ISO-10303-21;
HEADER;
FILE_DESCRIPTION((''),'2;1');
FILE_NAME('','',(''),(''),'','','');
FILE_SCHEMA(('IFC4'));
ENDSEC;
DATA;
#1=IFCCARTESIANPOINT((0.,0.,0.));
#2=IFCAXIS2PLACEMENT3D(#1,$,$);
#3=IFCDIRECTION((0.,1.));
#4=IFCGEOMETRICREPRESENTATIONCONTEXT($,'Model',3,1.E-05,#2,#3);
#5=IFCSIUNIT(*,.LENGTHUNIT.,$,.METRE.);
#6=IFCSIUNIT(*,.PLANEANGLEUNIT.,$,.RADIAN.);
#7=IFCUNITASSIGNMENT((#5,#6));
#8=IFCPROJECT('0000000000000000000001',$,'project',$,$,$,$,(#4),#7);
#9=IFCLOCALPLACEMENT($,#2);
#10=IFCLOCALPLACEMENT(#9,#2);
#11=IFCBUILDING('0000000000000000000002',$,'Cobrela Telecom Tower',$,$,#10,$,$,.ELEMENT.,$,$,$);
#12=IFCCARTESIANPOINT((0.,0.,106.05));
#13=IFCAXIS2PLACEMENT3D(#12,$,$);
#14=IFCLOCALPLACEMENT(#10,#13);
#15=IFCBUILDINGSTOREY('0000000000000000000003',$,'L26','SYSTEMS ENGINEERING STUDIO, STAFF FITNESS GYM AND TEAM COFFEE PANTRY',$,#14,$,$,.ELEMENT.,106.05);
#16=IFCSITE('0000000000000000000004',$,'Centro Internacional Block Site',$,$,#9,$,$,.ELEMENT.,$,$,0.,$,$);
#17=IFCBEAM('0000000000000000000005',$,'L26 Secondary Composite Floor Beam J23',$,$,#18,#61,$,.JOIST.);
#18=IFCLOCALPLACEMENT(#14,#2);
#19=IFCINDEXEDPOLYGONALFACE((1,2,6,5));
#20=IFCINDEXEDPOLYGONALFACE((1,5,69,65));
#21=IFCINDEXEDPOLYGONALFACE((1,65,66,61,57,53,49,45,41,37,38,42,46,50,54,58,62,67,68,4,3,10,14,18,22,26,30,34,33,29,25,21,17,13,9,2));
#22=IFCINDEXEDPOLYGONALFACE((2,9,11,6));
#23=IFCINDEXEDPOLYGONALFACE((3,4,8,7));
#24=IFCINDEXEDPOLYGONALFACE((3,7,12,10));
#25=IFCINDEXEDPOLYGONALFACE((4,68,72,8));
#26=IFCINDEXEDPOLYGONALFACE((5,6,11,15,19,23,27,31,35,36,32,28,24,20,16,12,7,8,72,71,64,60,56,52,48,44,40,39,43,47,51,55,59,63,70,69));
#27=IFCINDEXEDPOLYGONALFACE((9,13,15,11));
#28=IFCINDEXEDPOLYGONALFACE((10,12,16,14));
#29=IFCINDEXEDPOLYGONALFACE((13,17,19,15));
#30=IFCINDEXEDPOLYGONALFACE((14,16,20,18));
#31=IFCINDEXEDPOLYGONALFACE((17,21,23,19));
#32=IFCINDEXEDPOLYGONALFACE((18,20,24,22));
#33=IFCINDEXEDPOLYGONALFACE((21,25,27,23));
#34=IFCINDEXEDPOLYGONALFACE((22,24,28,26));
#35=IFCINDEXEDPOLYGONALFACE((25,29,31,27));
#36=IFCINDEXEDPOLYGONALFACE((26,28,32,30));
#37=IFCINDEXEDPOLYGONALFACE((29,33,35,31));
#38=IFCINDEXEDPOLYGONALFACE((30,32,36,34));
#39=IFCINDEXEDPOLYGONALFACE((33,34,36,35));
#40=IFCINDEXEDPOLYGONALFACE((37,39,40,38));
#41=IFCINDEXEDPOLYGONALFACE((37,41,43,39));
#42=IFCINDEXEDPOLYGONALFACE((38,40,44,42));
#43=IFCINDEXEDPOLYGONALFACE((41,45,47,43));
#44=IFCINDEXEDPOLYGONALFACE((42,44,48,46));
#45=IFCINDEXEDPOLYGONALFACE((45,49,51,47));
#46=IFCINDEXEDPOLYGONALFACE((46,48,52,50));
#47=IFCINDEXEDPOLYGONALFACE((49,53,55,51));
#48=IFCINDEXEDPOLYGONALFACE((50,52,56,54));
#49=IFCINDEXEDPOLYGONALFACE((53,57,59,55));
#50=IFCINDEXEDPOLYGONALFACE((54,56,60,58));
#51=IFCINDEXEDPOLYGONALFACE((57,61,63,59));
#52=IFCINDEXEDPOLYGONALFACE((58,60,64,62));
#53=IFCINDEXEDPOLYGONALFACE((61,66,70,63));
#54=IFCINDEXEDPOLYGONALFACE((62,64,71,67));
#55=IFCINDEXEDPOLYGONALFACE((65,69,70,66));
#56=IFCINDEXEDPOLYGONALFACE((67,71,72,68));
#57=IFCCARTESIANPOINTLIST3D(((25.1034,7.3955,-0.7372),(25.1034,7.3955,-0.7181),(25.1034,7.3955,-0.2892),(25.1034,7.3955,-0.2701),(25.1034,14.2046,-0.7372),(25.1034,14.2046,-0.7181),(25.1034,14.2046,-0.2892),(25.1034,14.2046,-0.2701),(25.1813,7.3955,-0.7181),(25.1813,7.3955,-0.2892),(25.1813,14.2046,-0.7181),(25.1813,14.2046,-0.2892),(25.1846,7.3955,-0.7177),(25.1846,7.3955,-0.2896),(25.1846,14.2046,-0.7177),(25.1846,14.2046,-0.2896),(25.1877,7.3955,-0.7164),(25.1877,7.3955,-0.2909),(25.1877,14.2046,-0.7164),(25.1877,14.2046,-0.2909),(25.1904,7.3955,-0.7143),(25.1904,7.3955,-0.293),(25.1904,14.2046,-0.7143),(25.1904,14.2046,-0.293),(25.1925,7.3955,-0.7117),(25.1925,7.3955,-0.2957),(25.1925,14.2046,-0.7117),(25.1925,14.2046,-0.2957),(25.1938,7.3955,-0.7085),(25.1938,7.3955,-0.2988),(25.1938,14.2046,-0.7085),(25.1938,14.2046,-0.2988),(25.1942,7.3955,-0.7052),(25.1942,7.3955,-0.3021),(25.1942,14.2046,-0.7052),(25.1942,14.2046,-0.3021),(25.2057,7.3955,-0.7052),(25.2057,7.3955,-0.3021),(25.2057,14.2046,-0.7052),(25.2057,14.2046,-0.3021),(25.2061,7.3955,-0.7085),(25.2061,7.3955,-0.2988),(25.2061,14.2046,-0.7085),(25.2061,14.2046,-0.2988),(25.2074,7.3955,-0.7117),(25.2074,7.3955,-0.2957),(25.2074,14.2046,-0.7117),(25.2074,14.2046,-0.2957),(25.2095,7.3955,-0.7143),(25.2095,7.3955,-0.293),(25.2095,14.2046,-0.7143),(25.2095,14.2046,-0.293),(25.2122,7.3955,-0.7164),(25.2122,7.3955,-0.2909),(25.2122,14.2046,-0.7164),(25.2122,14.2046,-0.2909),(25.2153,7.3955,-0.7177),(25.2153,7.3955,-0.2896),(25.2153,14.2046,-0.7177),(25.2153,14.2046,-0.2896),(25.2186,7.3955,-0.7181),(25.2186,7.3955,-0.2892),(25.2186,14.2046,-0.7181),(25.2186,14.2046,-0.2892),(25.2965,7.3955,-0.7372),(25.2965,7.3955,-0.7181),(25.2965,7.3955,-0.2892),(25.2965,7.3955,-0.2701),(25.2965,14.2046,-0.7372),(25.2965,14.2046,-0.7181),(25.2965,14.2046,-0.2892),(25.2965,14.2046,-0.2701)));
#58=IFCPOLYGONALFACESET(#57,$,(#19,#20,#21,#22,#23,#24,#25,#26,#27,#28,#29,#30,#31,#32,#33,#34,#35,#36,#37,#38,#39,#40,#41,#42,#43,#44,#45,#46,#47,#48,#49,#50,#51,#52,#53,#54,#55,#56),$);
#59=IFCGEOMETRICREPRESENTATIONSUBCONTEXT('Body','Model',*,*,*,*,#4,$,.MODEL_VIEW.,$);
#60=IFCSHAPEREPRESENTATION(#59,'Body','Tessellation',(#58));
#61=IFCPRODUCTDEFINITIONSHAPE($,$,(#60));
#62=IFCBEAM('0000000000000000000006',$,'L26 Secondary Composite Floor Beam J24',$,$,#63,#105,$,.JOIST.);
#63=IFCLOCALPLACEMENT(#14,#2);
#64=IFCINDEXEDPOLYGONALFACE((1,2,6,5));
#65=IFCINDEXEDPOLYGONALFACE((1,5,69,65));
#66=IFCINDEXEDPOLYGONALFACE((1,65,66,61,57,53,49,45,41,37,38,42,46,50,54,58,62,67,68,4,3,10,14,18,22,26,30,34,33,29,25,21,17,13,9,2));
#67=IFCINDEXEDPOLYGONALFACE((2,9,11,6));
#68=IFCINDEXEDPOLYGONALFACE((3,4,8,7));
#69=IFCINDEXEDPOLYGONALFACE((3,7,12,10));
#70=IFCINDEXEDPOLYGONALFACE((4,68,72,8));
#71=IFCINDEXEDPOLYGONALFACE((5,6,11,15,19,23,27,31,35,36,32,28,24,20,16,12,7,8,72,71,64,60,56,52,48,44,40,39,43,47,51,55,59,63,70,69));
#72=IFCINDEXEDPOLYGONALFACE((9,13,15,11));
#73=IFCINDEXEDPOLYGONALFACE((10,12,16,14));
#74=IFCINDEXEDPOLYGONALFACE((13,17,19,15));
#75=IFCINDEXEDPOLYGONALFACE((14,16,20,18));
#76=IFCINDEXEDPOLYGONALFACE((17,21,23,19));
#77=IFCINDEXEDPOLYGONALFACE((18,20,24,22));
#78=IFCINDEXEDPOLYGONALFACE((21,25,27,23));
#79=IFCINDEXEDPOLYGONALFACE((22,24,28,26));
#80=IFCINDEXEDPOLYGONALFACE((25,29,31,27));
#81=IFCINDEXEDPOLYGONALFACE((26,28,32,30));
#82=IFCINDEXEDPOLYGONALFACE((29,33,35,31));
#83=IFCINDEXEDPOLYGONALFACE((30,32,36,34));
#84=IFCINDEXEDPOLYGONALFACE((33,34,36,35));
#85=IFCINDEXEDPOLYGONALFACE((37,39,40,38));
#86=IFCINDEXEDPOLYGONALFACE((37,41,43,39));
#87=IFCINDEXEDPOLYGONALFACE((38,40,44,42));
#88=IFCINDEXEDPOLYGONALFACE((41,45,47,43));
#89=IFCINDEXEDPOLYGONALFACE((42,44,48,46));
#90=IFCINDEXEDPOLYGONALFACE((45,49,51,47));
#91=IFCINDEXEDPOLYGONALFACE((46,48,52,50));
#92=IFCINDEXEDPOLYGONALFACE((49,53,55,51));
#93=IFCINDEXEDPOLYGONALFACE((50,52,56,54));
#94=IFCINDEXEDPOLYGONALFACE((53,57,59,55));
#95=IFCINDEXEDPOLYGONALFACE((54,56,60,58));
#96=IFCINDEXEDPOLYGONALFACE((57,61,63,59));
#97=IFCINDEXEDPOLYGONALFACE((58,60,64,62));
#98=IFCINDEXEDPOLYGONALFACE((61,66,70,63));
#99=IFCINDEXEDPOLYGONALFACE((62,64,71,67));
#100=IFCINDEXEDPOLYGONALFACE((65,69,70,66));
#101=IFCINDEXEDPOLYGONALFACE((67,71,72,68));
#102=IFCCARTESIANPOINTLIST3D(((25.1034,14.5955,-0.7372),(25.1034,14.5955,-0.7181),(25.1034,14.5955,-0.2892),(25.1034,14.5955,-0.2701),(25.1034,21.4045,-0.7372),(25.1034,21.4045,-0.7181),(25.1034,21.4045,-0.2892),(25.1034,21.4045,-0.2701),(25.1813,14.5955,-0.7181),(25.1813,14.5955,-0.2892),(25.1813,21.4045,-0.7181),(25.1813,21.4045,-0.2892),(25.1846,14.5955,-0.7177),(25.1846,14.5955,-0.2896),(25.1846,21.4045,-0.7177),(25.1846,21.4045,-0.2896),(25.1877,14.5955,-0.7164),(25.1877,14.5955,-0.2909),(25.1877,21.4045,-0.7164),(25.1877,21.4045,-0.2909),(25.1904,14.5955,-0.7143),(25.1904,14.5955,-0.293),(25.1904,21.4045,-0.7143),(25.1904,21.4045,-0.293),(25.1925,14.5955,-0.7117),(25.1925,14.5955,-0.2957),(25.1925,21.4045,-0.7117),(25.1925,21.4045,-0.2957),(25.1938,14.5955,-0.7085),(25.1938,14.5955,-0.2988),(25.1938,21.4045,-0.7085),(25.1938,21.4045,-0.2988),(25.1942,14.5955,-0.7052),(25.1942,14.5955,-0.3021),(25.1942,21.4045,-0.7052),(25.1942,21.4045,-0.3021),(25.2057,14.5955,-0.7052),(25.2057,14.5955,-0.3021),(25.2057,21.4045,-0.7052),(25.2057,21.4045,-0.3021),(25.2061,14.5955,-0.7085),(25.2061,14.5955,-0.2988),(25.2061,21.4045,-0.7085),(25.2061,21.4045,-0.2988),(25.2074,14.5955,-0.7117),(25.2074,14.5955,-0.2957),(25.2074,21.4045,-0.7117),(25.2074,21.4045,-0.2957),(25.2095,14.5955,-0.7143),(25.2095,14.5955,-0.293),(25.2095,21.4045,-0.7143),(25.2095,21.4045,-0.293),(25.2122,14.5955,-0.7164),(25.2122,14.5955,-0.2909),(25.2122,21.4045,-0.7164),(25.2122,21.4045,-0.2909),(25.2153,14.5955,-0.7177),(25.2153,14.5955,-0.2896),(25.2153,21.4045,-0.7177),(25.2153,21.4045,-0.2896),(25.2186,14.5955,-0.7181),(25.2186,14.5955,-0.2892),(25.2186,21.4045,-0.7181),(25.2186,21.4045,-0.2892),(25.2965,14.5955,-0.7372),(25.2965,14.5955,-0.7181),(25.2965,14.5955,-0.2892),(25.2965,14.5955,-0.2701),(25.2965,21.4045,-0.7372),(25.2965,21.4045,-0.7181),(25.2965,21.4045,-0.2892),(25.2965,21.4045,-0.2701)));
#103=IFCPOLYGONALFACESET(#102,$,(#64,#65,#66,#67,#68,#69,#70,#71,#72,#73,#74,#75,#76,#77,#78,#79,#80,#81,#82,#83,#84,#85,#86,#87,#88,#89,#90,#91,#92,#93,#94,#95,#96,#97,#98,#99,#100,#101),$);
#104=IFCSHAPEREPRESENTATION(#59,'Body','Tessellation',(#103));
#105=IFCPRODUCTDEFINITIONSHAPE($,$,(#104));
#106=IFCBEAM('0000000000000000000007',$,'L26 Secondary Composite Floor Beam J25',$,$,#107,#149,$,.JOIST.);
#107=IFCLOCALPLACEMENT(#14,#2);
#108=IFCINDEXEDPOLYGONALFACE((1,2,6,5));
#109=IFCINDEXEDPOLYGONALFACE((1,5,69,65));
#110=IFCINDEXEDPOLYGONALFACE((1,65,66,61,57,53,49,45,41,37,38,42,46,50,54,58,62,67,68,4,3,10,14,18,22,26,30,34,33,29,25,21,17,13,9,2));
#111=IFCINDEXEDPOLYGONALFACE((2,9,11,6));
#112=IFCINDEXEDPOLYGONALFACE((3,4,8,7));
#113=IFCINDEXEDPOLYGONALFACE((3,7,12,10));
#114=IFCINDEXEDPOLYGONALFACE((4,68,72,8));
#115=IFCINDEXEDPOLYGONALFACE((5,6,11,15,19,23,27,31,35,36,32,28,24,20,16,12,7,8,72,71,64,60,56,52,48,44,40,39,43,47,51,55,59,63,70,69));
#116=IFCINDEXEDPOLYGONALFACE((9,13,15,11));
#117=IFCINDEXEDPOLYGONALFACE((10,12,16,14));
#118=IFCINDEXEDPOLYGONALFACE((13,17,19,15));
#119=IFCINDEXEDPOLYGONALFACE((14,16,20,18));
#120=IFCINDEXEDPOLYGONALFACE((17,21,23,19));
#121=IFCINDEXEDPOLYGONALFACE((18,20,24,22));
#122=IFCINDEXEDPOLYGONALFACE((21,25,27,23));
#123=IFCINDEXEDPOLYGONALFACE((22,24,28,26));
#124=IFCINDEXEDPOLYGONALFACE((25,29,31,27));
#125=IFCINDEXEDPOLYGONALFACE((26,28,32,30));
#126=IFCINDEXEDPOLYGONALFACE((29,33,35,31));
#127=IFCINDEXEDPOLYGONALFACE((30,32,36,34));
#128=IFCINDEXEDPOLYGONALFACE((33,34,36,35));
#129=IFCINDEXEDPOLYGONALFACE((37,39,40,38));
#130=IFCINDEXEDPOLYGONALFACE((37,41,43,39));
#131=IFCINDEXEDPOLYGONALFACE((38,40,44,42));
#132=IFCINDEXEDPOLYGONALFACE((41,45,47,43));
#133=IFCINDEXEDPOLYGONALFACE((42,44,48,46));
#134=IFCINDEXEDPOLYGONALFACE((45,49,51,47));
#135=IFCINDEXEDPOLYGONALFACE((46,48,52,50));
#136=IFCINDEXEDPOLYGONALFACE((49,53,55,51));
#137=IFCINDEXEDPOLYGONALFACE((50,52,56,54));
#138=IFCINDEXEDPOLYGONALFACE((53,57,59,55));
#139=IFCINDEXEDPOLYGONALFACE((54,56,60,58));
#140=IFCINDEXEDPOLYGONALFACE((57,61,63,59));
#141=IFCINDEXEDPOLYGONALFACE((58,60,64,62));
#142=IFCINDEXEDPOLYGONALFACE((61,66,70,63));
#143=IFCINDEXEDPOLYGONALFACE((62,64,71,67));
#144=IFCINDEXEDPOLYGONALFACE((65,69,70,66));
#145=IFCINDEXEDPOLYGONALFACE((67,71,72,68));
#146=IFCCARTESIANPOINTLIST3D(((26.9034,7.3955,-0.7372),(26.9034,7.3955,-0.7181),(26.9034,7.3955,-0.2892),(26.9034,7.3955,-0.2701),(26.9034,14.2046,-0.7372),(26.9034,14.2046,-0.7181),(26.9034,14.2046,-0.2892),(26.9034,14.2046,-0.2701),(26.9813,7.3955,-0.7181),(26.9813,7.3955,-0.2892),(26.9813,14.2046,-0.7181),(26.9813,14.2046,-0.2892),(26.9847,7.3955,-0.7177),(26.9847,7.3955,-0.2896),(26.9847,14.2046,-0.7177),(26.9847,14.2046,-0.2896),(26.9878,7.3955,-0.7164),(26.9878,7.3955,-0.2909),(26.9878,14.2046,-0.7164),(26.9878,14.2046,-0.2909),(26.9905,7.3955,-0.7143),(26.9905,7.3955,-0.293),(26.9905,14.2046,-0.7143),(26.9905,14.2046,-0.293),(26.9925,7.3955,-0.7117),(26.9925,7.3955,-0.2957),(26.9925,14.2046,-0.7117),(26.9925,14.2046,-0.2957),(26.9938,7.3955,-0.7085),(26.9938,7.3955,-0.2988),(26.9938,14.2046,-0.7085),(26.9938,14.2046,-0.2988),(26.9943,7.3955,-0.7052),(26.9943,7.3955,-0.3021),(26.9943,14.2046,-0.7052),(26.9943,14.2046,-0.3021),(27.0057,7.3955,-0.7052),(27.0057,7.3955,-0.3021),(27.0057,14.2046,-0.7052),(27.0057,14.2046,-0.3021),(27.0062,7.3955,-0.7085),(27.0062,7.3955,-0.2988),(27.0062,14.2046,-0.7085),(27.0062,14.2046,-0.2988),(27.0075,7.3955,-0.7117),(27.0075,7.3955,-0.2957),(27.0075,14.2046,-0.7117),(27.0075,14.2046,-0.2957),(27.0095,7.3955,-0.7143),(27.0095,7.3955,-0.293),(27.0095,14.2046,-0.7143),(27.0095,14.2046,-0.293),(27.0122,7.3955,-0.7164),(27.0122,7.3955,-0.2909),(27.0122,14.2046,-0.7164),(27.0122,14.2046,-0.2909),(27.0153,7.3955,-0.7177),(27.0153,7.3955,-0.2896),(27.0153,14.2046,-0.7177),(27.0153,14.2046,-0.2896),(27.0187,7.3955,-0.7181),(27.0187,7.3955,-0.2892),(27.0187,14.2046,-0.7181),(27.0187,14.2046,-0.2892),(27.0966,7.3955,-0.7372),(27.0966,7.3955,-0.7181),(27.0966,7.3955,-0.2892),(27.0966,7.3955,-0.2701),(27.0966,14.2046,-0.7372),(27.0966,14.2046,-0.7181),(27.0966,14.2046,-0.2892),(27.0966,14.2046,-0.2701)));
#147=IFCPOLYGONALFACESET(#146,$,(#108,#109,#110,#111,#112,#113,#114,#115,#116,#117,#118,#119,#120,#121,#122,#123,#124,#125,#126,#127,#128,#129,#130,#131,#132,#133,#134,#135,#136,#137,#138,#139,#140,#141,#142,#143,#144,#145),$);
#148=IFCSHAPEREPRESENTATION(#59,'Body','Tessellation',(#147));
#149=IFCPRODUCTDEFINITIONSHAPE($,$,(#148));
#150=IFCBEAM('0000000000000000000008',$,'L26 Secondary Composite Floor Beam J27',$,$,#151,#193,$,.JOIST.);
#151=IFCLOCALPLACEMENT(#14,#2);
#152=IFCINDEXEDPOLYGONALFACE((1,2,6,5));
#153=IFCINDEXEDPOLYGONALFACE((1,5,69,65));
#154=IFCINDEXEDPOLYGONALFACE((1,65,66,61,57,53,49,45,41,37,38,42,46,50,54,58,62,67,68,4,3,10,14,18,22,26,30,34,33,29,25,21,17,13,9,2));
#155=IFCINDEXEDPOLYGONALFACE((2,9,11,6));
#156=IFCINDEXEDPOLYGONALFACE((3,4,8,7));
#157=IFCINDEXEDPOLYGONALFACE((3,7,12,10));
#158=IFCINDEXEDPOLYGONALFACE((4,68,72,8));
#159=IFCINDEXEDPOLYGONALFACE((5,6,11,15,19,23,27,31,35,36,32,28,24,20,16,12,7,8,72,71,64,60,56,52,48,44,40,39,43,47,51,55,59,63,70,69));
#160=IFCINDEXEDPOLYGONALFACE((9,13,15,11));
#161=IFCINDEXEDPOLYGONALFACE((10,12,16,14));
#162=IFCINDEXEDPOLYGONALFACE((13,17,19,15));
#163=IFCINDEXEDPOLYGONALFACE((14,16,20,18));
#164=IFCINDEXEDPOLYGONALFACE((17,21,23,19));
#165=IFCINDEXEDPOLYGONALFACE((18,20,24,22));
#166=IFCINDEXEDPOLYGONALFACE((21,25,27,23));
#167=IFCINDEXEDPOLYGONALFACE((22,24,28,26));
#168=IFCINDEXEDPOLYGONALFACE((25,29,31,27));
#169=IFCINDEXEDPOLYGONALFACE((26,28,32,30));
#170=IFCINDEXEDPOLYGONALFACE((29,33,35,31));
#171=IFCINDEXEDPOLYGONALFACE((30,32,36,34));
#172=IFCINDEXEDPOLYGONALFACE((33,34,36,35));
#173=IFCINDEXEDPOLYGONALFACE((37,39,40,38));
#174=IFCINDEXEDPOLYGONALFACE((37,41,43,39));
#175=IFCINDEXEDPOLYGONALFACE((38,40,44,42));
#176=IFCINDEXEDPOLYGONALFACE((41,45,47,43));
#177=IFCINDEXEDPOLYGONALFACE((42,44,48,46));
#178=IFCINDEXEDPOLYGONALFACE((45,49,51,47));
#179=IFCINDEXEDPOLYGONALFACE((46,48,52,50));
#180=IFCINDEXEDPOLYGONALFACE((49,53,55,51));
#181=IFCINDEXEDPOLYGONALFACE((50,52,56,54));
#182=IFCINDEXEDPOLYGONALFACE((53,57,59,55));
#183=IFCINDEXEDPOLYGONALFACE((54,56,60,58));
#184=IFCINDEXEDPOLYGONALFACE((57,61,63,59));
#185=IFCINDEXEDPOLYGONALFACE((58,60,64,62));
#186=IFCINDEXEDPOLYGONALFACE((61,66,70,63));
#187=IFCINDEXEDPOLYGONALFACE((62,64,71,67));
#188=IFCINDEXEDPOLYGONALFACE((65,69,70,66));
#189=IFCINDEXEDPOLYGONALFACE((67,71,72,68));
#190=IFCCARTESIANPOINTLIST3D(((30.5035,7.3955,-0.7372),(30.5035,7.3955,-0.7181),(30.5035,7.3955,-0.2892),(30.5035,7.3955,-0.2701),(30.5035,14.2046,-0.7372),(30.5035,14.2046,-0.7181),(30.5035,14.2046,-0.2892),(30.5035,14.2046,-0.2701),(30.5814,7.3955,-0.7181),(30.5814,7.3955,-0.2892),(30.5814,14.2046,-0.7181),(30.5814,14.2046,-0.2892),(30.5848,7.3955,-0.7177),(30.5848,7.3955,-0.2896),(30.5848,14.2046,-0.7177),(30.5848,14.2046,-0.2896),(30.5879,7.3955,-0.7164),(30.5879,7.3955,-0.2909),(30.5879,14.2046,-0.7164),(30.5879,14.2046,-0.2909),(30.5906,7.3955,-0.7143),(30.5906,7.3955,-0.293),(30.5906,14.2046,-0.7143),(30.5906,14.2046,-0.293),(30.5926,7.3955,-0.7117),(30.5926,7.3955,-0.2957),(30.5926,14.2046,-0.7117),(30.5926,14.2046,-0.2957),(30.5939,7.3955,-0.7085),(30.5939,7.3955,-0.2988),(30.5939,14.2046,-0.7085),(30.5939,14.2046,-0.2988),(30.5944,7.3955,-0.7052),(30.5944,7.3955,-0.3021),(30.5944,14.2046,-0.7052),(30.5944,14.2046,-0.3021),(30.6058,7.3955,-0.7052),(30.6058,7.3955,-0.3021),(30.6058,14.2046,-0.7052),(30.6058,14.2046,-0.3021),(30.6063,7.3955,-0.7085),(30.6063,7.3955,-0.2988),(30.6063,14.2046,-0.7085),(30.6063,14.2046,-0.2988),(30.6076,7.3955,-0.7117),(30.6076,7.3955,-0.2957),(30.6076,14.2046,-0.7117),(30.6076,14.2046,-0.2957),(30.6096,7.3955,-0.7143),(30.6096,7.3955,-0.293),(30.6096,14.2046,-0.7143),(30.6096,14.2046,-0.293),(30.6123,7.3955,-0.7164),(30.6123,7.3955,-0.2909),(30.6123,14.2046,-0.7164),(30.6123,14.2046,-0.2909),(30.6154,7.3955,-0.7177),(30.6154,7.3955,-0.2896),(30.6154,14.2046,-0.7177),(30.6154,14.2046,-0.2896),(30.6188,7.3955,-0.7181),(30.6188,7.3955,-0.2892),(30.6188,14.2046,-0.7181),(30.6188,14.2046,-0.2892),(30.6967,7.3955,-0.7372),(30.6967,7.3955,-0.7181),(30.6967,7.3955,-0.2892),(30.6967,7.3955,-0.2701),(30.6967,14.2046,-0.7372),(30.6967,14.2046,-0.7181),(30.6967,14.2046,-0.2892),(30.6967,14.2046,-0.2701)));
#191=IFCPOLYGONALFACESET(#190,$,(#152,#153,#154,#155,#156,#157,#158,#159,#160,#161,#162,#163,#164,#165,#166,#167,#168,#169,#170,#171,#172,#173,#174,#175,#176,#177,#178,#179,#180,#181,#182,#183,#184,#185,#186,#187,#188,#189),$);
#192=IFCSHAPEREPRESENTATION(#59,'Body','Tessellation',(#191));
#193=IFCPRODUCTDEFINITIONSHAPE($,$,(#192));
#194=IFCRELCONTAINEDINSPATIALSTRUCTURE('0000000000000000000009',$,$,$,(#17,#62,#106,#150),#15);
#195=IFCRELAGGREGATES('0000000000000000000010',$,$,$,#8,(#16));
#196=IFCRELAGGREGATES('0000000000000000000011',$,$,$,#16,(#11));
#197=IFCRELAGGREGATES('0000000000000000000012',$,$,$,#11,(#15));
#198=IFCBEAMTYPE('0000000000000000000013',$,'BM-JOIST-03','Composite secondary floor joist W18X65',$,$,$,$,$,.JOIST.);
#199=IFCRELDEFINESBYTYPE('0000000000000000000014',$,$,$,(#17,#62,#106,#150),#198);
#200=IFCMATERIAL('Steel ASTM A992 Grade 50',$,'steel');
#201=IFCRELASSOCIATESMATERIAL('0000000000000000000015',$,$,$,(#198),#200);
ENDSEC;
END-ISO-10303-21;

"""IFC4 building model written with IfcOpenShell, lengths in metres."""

from ifc_helpers import new_model, si_unit, direction, frame, origin, origin_2d, place, context, subcontext, project, spatial, i_section, extrude, material, material_profile, profile_set, type_object, element, save


model = new_model("IFC4")

# Units and contexts
model_context = context("Model", 3, precision=1e-05, world=origin(), true_north=direction((0.0, 1.0)))
body_context = subcontext(model_context, "Body", "Model", "MODEL_VIEW")
ifc_project = project(units=[si_unit("LENGTHUNIT", "METRE"), si_unit("PLANEANGLEUNIT", "RADIAN")], contexts=[model_context])

# Site, building, storey
site_placement = place(None, origin())
site = spatial("IfcSite", under=ifc_project, at=site_placement, Name="Centro Internacional Block Site", CompositionType="ELEMENT", RefElevation=0.0)
building_placement = place(site_placement, origin())
building = spatial("IfcBuilding", under=site, at=building_placement, Name="Cobrela Telecom Tower", CompositionType="ELEMENT")
storey_placement = place(building_placement, frame((0.0, 0.0, 106.05)))
storey = spatial("IfcBuildingStorey", under=building, at=storey_placement, Name="L26", Description="SYSTEMS ENGINEERING STUDIO, STAFF FITNESS GYM AND TEAM COFFEE PANTRY", CompositionType="ELEMENT", Elevation=106.05)

# Shared definitions
ifc_material_1 = material(Name="Steel ASTM A992 Grade 50", Category="steel")

# Beams
ifc_material_profile_1 = material_profile(ifc_material_1, i_section(OverallWidth=0.1931, OverallDepth=0.467, WebThickness=0.0115, FlangeThickness=0.019, FilletRadius=0.0129, at=origin_2d()), Name="W18X65")
ifc_profile_set_1 = profile_set([ifc_material_profile_1], Name="Steel ASTM A992 Grade 50")
beam_type_1 = type_object("IfcBeamType", Name="BM-JOIST-03", Description="Composite secondary floor joist W18X65", PredefinedType="JOIST", material=ifc_profile_set_1)
for number, where, z_axis, x_axis, name in (
    (1, (25.2, 7.3955, -0.5037), (0.0, 1.0, 0.0), (-1.0, 0.0, 0.0), "L26 Secondary Composite Floor Beam J23"),
    (2, (25.2, 14.5955, -0.5037), (0.0, 1.0, 0.0), (-1.0, 0.0, 0.0), "L26 Secondary Composite Floor Beam J24"),
    (3, (27.0, 7.3955, -0.5037), (0.0, 1.0, 0.0), (-1.0, 0.0, 0.0), "L26 Secondary Composite Floor Beam J25"),
    (4, (30.6001, 7.3955, -0.5037), (0.0, 1.0, 0.0), (-1.0, 0.0, 0.0), "L26 Secondary Composite Floor Beam J27"),
):
    element("IfcBeam", number, at=place(storey_placement, frame(where, z_axis=z_axis, x_axis=x_axis)), inside=storey, type_object=beam_type_1, Name=name, PredefinedType="JOIST", context=body_context, shape_type="SweptSolid", body=[
        extrude(i_section(OverallWidth=0.1931, OverallDepth=0.467, WebThickness=0.0115, FlangeThickness=0.019, FilletRadius=0.0129, at=origin_2d()), origin(), (0.0, 0.0, 1.0), 6.8091),
    ])

save(model, "model.ifc")
